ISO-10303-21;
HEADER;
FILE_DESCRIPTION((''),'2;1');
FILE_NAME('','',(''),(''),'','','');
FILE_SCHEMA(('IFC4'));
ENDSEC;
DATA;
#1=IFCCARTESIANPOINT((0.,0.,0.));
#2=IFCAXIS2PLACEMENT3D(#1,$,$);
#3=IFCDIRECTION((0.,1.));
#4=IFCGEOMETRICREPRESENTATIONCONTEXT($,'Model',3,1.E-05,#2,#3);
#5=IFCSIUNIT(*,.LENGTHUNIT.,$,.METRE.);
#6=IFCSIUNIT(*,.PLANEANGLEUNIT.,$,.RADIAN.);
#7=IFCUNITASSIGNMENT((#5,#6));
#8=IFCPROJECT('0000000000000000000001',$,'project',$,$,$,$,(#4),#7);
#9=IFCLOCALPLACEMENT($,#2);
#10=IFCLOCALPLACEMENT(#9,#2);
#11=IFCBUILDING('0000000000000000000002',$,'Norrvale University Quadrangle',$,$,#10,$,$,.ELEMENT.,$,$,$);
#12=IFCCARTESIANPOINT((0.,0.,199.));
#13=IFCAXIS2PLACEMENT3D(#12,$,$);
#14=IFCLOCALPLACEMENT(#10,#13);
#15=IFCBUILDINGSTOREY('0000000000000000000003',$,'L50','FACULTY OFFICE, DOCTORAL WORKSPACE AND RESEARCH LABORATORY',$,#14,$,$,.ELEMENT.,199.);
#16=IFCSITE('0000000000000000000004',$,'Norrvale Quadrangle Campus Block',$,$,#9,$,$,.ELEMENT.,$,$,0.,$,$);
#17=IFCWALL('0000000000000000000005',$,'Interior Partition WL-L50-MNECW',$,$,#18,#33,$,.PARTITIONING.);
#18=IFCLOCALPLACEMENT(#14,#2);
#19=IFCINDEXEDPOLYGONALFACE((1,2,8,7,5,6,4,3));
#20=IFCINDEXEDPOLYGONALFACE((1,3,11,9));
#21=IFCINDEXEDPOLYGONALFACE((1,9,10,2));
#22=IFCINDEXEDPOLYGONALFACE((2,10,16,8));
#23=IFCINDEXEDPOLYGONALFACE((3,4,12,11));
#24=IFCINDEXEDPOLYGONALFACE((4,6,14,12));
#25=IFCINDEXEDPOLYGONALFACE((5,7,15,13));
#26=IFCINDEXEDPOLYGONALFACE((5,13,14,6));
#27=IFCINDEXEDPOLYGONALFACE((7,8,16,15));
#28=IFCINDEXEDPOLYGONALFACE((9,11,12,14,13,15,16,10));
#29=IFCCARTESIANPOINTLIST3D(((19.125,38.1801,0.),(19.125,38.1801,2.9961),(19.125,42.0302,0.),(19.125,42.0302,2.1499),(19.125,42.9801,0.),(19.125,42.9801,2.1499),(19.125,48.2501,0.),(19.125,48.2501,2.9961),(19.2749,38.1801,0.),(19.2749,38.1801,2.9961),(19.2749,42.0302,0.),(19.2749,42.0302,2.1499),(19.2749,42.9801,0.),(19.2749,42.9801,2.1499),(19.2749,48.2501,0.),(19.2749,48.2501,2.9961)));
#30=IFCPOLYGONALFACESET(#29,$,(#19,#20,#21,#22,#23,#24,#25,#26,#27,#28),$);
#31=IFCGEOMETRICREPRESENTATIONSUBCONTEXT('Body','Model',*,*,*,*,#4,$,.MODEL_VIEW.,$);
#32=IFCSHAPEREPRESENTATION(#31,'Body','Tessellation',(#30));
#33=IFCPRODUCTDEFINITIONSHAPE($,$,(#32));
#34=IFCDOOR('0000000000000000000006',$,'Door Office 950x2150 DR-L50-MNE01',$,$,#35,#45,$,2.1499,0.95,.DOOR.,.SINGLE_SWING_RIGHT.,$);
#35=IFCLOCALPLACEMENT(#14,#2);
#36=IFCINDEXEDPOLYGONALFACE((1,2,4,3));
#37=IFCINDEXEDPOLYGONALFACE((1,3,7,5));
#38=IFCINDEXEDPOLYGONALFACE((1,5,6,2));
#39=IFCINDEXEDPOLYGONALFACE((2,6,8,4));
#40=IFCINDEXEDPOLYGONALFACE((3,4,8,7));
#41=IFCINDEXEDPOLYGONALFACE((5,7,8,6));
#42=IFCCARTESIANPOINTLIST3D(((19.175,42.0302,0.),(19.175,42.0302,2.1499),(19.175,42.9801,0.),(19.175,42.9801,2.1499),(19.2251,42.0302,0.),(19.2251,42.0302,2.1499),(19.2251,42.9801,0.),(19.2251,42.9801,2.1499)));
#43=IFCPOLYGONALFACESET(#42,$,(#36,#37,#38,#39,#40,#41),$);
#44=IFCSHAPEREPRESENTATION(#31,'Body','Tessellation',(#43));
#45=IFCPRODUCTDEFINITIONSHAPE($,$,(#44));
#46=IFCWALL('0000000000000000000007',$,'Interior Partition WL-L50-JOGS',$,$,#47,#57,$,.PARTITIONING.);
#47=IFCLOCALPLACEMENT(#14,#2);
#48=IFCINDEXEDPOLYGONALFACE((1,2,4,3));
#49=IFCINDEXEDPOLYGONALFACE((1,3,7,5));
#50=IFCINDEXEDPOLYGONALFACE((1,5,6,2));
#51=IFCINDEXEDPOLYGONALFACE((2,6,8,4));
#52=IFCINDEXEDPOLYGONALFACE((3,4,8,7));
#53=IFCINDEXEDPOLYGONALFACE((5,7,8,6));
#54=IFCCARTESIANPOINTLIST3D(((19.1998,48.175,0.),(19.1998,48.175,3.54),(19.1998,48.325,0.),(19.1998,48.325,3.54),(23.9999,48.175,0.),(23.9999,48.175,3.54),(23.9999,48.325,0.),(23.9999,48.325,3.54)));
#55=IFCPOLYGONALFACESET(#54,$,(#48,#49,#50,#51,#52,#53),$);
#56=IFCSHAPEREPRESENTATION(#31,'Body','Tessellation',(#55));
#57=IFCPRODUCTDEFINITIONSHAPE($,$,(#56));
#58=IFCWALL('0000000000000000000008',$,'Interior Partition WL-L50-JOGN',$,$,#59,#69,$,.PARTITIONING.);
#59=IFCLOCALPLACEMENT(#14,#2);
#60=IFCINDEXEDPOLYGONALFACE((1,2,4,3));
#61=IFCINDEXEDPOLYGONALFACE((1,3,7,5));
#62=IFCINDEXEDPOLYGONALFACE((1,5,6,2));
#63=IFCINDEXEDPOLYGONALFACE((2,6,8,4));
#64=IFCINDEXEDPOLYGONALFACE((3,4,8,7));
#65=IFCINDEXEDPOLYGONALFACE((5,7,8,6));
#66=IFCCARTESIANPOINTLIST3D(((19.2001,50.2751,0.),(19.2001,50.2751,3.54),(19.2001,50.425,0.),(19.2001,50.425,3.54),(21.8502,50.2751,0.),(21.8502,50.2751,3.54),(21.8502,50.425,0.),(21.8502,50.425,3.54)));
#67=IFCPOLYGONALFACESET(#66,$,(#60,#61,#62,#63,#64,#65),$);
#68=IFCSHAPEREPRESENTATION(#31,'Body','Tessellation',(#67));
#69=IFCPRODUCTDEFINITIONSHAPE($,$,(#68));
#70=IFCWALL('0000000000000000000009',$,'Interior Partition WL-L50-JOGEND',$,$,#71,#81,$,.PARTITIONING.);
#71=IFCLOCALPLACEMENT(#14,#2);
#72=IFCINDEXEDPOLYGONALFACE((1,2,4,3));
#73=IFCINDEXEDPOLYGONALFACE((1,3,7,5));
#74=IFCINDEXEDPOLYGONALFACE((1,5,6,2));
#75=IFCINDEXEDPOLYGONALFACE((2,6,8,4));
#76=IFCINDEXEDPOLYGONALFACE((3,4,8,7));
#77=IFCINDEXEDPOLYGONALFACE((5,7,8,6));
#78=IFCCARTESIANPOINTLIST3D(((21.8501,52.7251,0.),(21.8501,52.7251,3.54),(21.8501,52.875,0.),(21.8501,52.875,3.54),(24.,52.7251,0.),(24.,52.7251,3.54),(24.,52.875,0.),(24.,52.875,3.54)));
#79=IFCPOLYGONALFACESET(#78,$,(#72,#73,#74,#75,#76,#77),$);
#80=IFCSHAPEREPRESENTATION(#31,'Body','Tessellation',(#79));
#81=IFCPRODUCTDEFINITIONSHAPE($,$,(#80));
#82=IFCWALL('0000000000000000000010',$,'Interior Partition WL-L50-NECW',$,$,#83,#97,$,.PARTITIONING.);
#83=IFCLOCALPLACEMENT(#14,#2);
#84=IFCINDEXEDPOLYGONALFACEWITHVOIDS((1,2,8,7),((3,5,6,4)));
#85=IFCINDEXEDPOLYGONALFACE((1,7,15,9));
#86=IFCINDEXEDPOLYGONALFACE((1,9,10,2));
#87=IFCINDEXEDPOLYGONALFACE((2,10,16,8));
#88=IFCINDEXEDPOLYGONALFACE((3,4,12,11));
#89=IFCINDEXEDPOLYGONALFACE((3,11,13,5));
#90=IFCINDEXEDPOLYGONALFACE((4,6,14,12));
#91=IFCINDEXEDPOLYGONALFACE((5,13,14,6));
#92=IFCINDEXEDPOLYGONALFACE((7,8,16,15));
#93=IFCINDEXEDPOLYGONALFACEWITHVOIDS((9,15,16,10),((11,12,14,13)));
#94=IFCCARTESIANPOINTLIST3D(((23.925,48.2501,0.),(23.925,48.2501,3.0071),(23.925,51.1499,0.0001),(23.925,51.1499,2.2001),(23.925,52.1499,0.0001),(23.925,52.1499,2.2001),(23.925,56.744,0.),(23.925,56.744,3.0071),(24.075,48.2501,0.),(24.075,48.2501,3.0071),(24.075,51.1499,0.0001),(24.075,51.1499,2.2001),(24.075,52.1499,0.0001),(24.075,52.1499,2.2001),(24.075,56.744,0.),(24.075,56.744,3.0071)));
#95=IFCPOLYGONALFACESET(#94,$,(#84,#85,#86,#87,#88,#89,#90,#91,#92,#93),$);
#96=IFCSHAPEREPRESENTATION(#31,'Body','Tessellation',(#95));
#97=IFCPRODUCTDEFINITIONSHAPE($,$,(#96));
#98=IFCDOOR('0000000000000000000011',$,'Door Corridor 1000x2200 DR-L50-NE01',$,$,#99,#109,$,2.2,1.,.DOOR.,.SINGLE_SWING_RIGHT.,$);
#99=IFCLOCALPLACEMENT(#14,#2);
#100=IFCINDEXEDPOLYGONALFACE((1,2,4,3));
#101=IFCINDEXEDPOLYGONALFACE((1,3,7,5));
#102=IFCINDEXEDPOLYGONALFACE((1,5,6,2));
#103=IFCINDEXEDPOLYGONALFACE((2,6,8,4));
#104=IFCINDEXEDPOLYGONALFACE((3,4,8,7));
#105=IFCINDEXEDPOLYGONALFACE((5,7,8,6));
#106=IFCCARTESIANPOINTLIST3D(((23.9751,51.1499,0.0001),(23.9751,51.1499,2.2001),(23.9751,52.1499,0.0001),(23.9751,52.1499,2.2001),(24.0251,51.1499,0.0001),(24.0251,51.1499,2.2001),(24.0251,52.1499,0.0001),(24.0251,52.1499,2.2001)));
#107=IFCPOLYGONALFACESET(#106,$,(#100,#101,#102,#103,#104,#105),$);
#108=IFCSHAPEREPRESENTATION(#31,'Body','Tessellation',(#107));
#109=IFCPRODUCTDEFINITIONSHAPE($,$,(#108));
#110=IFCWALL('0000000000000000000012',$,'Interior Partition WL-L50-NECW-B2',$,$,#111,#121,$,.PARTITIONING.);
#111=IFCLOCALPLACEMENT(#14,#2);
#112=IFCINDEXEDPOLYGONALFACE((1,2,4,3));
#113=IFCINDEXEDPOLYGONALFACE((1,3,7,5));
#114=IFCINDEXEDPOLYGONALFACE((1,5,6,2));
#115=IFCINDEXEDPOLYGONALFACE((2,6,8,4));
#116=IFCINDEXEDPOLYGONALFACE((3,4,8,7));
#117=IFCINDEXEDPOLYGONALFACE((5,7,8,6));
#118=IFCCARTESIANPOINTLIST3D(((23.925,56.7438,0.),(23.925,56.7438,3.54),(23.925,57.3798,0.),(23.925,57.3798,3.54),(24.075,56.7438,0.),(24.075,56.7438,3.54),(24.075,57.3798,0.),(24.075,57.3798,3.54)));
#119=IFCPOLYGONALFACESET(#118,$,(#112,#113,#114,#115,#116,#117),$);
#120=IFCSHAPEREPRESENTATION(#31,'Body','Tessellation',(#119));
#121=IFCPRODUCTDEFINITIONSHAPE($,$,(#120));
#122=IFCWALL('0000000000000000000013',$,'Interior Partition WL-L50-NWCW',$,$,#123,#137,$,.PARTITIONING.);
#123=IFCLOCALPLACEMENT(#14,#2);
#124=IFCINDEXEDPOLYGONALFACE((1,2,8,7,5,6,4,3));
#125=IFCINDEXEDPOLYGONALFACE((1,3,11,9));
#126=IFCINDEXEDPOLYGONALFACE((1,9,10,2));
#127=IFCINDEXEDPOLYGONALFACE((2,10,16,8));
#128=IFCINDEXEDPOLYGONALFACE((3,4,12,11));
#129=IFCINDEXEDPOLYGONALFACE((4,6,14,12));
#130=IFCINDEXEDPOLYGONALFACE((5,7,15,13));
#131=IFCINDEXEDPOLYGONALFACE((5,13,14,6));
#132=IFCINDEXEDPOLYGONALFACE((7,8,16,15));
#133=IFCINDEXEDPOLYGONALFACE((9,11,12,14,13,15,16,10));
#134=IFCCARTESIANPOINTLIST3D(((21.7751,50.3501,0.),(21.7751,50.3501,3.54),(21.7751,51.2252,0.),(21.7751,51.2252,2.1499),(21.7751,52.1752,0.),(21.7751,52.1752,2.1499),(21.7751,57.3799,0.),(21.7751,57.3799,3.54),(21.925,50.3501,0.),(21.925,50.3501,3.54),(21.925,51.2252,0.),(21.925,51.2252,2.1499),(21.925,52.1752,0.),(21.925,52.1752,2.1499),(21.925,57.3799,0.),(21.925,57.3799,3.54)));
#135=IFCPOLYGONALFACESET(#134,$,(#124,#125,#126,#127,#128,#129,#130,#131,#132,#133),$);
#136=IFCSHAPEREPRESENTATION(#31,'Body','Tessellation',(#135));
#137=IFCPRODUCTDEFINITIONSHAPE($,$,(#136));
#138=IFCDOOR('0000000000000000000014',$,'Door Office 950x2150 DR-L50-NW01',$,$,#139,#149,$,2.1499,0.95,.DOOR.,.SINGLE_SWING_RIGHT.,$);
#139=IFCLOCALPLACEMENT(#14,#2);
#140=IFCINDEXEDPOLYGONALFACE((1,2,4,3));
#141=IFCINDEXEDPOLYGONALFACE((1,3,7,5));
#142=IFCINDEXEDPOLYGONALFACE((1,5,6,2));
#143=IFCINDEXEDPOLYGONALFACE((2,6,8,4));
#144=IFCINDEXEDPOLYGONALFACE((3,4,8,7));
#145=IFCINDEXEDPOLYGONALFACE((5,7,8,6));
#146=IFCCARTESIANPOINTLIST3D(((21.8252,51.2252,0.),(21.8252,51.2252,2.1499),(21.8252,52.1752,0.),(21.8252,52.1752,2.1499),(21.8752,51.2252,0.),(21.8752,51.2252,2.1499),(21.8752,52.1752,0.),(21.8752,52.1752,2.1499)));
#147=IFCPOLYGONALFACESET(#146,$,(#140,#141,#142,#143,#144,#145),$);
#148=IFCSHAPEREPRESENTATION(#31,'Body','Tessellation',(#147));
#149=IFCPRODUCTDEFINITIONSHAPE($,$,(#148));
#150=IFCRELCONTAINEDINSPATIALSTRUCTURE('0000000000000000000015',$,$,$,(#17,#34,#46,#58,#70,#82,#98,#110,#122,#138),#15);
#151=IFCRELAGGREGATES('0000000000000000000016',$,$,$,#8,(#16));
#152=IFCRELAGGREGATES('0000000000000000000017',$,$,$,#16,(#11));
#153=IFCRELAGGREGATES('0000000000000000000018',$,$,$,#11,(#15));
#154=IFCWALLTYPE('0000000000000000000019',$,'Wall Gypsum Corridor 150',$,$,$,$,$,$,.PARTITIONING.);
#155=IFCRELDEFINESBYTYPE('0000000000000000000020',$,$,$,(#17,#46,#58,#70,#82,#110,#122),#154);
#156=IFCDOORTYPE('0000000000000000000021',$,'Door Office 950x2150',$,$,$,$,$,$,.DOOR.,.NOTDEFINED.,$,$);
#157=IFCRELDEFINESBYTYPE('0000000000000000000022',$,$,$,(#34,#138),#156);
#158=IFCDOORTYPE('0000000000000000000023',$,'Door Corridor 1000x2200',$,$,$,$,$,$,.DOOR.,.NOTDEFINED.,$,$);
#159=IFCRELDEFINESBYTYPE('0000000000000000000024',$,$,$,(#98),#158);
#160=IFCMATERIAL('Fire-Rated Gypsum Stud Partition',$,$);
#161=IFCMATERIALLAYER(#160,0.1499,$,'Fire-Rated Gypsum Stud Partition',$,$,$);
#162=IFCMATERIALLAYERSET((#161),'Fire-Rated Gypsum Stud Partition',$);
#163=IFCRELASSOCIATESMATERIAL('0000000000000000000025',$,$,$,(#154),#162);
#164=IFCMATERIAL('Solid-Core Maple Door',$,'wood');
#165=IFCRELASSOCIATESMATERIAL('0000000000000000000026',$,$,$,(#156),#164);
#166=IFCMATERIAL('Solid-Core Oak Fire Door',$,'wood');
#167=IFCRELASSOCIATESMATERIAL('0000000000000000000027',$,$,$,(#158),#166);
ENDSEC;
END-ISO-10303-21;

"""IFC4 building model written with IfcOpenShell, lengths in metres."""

from ifc_helpers import new_model, si_unit, direction, frame, frame_2d, origin, place, context, subcontext, project, spatial, rectangle, extrude, material, layer, layer_set, type_object, element, fill, save


model = new_model("IFC4")

# Units and contexts
model_context = context("Model", 3, precision=1e-05, world=origin(), true_north=direction((0.0, 1.0)))
body_context = subcontext(model_context, "Body", "Model", "MODEL_VIEW")
ifc_project = project(units=[si_unit("LENGTHUNIT", "METRE"), si_unit("PLANEANGLEUNIT", "RADIAN")], contexts=[model_context])

# Site, building, storey
site_placement = place(None, origin())
site = spatial("IfcSite", under=ifc_project, at=site_placement, Name="Norrvale Quadrangle Campus Block", CompositionType="ELEMENT", RefElevation=0.0)
building_placement = place(site_placement, origin())
building = spatial("IfcBuilding", under=site, at=building_placement, Name="Norrvale University Quadrangle", CompositionType="ELEMENT")
storey_placement = place(building_placement, frame((0.0, 0.0, 199.0)))
storey = spatial("IfcBuildingStorey", under=building, at=storey_placement, Name="L50", Description="FACULTY OFFICE, DOCTORAL WORKSPACE AND RESEARCH LABORATORY", CompositionType="ELEMENT", Elevation=199.0)

# Shared definitions
ifc_material_1 = material(Name="Fire-Rated Gypsum Stud Partition")
ifc_layer_1 = layer(ifc_material_1, 0.1499, Name="Fire-Rated Gypsum Stud Partition")
ifc_layer_set_1 = layer_set([ifc_layer_1], Name="Fire-Rated Gypsum Stud Partition")
wall_type_1 = type_object("IfcWallType", Name="Wall Gypsum Corridor 150", PredefinedType="PARTITIONING", material=ifc_layer_set_1)

# Wall, opening, door
wall_1_placement = place(storey_placement, frame((19.2, 38.1799, 0.0), z_axis=(0.0, 0.0, 1.0), x_axis=(0.0, 1.0, 0.0)))
wall_1 = element("IfcWall", 1, at=wall_1_placement, inside=storey, type_object=wall_type_1, Name="Interior Partition WL-L50-MNECW", PredefinedType="PARTITIONING", context=body_context, shape_type="SweptSolid", body=[
    extrude(rectangle(XDim=10.0701, YDim=0.1499, at=frame_2d((5.0352, 0.0))), origin(), (0.0, 0.0, 1.0), 2.9961),
])
opening_1_placement = place(wall_1_placement, frame((3.8501, 0.0, 0.0)))
opening_1 = element("IfcOpeningElement", 2, at=opening_1_placement, cuts=wall_1, PredefinedType="OPENING", context=body_context, shape_type="SweptSolid", body=[
    extrude(rectangle(XDim=0.95, YDim=2.1499, at=frame_2d((0.4751, 1.075))), frame((0.0, 0.0869, 0.0), z_axis=(0.0, -1.0, 0.0), x_axis=(1.0, 0.0, 0.0)), (0.0, 0.0, 1.0), 0.1738),
])
ifc_material_2 = material(Name="Solid-Core Maple Door", Category="wood")
door_type_1 = type_object("IfcDoorType", Name="Door Office 950x2150", OperationType="NOTDEFINED", PredefinedType="DOOR", material=ifc_material_2)
door_1_placement = place(opening_1_placement, origin())
door_1 = element("IfcDoor", 3, at=door_1_placement, inside=storey, type_object=door_type_1, Name="Door Office 950x2150 DR-L50-MNE01", OperationType="SINGLE_SWING_RIGHT", OverallHeight=2.1499, OverallWidth=0.95, PredefinedType="DOOR", context=body_context, shape_type="SweptSolid", body=[
    extrude(rectangle(XDim=0.95, YDim=2.1499, at=frame_2d((0.4751, 1.075))), frame((0.0, 0.0249, 0.0), z_axis=(0.0, -1.0, 0.0), x_axis=(1.0, 0.0, 0.0)), (0.0, 0.0, 1.0), 0.05),
])
fill(opening_1, door_1)

# Walls
wall_2_placement = place(storey_placement, frame((19.2, 48.25, 0.0), z_axis=(0.0, 0.0, 1.0), x_axis=(1.0, 0.0, 0.0)))
element("IfcWall", 4, at=wall_2_placement, inside=storey, type_object=wall_type_1, Name="Interior Partition WL-L50-JOGS", PredefinedType="PARTITIONING", context=body_context, shape_type="SweptSolid", body=[
    extrude(rectangle(XDim=4.8, YDim=0.1499, at=frame_2d((2.3999, 0.0))), origin(), (0.0, 0.0, 1.0), 3.54),
])
wall_3_placement = place(storey_placement, frame((19.2, 50.3501, 0.0), z_axis=(0.0, 0.0, 1.0), x_axis=(1.0, 0.0, 0.0)))
element("IfcWall", 5, at=wall_3_placement, inside=storey, type_object=wall_type_1, Name="Interior Partition WL-L50-JOGN", PredefinedType="PARTITIONING", context=body_context, shape_type="SweptSolid", body=[
    extrude(rectangle(XDim=2.6501, YDim=0.1499, at=frame_2d((1.3252, 0.0))), origin(), (0.0, 0.0, 1.0), 3.54),
])
wall_4_placement = place(storey_placement, frame((21.8501, 52.8, 0.0), z_axis=(0.0, 0.0, 1.0), x_axis=(1.0, 0.0, 0.0)))
element("IfcWall", 6, at=wall_4_placement, inside=storey, type_object=wall_type_1, Name="Interior Partition WL-L50-JOGEND", PredefinedType="PARTITIONING", context=body_context, shape_type="SweptSolid", body=[
    extrude(rectangle(XDim=2.1499, YDim=0.1499, at=frame_2d((1.075, 0.0))), origin(), (0.0, 0.0, 1.0), 3.54),
])

# Wall, opening, door
wall_5_placement = place(storey_placement, frame((24.0, 48.25, 0.0), z_axis=(0.0, 0.0, 1.0), x_axis=(0.0, 1.0, 0.0)))
wall_5 = element("IfcWall", 7, at=wall_5_placement, inside=storey, type_object=wall_type_1, Name="Interior Partition WL-L50-NECW", PredefinedType="PARTITIONING", context=body_context, shape_type="SweptSolid", body=[
    extrude(rectangle(XDim=8.4939, YDim=0.1499, at=frame_2d((4.2471, 0.0))), origin(), (0.0, 0.0, 1.0), 3.0071),
])
opening_2_placement = place(wall_5_placement, frame((2.8999, 0.0, 0.0)))
opening_2 = element("IfcOpeningElement", 8, at=opening_2_placement, cuts=wall_5, PredefinedType="OPENING", context=body_context, shape_type="SweptSolid", body=[
    extrude(rectangle(XDim=1.0, YDim=2.2, at=frame_2d((0.5, 1.1001))), frame((0.0, 0.0869, 0.0), z_axis=(0.0, -1.0, 0.0), x_axis=(1.0, 0.0, 0.0)), (0.0, 0.0, 1.0), 0.1738),
])
ifc_material_3 = material(Name="Solid-Core Oak Fire Door", Category="wood")
door_type_2 = type_object("IfcDoorType", Name="Door Corridor 1000x2200", OperationType="NOTDEFINED", PredefinedType="DOOR", material=ifc_material_3)
door_2_placement = place(opening_2_placement, origin())
door_2 = element("IfcDoor", 9, at=door_2_placement, inside=storey, type_object=door_type_2, Name="Door Corridor 1000x2200 DR-L50-NE01", OperationType="SINGLE_SWING_RIGHT", OverallHeight=2.2, OverallWidth=1.0, PredefinedType="DOOR", context=body_context, shape_type="SweptSolid", body=[
    extrude(rectangle(XDim=1.0, YDim=2.2, at=frame_2d((0.5, 1.1001))), frame((0.0, 0.0249, 0.0), z_axis=(0.0, -1.0, 0.0), x_axis=(1.0, 0.0, 0.0)), (0.0, 0.0, 1.0), 0.05),
])
fill(opening_2, door_2)

# Wall
wall_6_placement = place(storey_placement, frame((24.0, 56.7439, 0.0), z_axis=(0.0, 0.0, 1.0), x_axis=(0.0, 1.0, 0.0)))
element("IfcWall", 10, at=wall_6_placement, inside=storey, type_object=wall_type_1, Name="Interior Partition WL-L50-NECW-B2", PredefinedType="PARTITIONING", context=body_context, shape_type="SweptSolid", body=[
    extrude(rectangle(XDim=0.636, YDim=0.1499, at=frame_2d((0.3179, 0.0))), origin(), (0.0, 0.0, 1.0), 3.54),
])

# Wall, opening, door
wall_7_placement = place(storey_placement, frame((21.8501, 50.3501, 0.0), z_axis=(0.0, 0.0, 1.0), x_axis=(0.0, 1.0, 0.0)))
wall_7 = element("IfcWall", 11, at=wall_7_placement, inside=storey, type_object=wall_type_1, Name="Interior Partition WL-L50-NWCW", PredefinedType="PARTITIONING", context=body_context, shape_type="SweptSolid", body=[
    extrude(rectangle(XDim=7.0298, YDim=0.1499, at=frame_2d((3.5149, 0.0))), origin(), (0.0, 0.0, 1.0), 3.54),
])
opening_3_placement = place(wall_7_placement, frame((0.875, 0.0, 0.0)))
opening_3 = element("IfcOpeningElement", 12, at=opening_3_placement, cuts=wall_7, PredefinedType="OPENING", context=body_context, shape_type="SweptSolid", body=[
    extrude(rectangle(XDim=0.95, YDim=2.1499, at=frame_2d((0.4751, 1.075))), frame((0.0, 0.0869, 0.0), z_axis=(0.0, -1.0, 0.0), x_axis=(1.0, 0.0, 0.0)), (0.0, 0.0, 1.0), 0.1738),
])
door_3_placement = place(opening_3_placement, origin())
door_3 = element("IfcDoor", 13, at=door_3_placement, inside=storey, type_object=door_type_1, Name="Door Office 950x2150 DR-L50-NW01", OperationType="SINGLE_SWING_RIGHT", OverallHeight=2.1499, OverallWidth=0.95, PredefinedType="DOOR", context=body_context, shape_type="SweptSolid", body=[
    extrude(rectangle(XDim=0.95, YDim=2.1499, at=frame_2d((0.4751, 1.075))), frame((0.0, 0.0249, 0.0), z_axis=(0.0, -1.0, 0.0), x_axis=(1.0, 0.0, 0.0)), (0.0, 0.0, 1.0), 0.05),
])
fill(opening_3, door_3)

save(model, "model.ifc")
